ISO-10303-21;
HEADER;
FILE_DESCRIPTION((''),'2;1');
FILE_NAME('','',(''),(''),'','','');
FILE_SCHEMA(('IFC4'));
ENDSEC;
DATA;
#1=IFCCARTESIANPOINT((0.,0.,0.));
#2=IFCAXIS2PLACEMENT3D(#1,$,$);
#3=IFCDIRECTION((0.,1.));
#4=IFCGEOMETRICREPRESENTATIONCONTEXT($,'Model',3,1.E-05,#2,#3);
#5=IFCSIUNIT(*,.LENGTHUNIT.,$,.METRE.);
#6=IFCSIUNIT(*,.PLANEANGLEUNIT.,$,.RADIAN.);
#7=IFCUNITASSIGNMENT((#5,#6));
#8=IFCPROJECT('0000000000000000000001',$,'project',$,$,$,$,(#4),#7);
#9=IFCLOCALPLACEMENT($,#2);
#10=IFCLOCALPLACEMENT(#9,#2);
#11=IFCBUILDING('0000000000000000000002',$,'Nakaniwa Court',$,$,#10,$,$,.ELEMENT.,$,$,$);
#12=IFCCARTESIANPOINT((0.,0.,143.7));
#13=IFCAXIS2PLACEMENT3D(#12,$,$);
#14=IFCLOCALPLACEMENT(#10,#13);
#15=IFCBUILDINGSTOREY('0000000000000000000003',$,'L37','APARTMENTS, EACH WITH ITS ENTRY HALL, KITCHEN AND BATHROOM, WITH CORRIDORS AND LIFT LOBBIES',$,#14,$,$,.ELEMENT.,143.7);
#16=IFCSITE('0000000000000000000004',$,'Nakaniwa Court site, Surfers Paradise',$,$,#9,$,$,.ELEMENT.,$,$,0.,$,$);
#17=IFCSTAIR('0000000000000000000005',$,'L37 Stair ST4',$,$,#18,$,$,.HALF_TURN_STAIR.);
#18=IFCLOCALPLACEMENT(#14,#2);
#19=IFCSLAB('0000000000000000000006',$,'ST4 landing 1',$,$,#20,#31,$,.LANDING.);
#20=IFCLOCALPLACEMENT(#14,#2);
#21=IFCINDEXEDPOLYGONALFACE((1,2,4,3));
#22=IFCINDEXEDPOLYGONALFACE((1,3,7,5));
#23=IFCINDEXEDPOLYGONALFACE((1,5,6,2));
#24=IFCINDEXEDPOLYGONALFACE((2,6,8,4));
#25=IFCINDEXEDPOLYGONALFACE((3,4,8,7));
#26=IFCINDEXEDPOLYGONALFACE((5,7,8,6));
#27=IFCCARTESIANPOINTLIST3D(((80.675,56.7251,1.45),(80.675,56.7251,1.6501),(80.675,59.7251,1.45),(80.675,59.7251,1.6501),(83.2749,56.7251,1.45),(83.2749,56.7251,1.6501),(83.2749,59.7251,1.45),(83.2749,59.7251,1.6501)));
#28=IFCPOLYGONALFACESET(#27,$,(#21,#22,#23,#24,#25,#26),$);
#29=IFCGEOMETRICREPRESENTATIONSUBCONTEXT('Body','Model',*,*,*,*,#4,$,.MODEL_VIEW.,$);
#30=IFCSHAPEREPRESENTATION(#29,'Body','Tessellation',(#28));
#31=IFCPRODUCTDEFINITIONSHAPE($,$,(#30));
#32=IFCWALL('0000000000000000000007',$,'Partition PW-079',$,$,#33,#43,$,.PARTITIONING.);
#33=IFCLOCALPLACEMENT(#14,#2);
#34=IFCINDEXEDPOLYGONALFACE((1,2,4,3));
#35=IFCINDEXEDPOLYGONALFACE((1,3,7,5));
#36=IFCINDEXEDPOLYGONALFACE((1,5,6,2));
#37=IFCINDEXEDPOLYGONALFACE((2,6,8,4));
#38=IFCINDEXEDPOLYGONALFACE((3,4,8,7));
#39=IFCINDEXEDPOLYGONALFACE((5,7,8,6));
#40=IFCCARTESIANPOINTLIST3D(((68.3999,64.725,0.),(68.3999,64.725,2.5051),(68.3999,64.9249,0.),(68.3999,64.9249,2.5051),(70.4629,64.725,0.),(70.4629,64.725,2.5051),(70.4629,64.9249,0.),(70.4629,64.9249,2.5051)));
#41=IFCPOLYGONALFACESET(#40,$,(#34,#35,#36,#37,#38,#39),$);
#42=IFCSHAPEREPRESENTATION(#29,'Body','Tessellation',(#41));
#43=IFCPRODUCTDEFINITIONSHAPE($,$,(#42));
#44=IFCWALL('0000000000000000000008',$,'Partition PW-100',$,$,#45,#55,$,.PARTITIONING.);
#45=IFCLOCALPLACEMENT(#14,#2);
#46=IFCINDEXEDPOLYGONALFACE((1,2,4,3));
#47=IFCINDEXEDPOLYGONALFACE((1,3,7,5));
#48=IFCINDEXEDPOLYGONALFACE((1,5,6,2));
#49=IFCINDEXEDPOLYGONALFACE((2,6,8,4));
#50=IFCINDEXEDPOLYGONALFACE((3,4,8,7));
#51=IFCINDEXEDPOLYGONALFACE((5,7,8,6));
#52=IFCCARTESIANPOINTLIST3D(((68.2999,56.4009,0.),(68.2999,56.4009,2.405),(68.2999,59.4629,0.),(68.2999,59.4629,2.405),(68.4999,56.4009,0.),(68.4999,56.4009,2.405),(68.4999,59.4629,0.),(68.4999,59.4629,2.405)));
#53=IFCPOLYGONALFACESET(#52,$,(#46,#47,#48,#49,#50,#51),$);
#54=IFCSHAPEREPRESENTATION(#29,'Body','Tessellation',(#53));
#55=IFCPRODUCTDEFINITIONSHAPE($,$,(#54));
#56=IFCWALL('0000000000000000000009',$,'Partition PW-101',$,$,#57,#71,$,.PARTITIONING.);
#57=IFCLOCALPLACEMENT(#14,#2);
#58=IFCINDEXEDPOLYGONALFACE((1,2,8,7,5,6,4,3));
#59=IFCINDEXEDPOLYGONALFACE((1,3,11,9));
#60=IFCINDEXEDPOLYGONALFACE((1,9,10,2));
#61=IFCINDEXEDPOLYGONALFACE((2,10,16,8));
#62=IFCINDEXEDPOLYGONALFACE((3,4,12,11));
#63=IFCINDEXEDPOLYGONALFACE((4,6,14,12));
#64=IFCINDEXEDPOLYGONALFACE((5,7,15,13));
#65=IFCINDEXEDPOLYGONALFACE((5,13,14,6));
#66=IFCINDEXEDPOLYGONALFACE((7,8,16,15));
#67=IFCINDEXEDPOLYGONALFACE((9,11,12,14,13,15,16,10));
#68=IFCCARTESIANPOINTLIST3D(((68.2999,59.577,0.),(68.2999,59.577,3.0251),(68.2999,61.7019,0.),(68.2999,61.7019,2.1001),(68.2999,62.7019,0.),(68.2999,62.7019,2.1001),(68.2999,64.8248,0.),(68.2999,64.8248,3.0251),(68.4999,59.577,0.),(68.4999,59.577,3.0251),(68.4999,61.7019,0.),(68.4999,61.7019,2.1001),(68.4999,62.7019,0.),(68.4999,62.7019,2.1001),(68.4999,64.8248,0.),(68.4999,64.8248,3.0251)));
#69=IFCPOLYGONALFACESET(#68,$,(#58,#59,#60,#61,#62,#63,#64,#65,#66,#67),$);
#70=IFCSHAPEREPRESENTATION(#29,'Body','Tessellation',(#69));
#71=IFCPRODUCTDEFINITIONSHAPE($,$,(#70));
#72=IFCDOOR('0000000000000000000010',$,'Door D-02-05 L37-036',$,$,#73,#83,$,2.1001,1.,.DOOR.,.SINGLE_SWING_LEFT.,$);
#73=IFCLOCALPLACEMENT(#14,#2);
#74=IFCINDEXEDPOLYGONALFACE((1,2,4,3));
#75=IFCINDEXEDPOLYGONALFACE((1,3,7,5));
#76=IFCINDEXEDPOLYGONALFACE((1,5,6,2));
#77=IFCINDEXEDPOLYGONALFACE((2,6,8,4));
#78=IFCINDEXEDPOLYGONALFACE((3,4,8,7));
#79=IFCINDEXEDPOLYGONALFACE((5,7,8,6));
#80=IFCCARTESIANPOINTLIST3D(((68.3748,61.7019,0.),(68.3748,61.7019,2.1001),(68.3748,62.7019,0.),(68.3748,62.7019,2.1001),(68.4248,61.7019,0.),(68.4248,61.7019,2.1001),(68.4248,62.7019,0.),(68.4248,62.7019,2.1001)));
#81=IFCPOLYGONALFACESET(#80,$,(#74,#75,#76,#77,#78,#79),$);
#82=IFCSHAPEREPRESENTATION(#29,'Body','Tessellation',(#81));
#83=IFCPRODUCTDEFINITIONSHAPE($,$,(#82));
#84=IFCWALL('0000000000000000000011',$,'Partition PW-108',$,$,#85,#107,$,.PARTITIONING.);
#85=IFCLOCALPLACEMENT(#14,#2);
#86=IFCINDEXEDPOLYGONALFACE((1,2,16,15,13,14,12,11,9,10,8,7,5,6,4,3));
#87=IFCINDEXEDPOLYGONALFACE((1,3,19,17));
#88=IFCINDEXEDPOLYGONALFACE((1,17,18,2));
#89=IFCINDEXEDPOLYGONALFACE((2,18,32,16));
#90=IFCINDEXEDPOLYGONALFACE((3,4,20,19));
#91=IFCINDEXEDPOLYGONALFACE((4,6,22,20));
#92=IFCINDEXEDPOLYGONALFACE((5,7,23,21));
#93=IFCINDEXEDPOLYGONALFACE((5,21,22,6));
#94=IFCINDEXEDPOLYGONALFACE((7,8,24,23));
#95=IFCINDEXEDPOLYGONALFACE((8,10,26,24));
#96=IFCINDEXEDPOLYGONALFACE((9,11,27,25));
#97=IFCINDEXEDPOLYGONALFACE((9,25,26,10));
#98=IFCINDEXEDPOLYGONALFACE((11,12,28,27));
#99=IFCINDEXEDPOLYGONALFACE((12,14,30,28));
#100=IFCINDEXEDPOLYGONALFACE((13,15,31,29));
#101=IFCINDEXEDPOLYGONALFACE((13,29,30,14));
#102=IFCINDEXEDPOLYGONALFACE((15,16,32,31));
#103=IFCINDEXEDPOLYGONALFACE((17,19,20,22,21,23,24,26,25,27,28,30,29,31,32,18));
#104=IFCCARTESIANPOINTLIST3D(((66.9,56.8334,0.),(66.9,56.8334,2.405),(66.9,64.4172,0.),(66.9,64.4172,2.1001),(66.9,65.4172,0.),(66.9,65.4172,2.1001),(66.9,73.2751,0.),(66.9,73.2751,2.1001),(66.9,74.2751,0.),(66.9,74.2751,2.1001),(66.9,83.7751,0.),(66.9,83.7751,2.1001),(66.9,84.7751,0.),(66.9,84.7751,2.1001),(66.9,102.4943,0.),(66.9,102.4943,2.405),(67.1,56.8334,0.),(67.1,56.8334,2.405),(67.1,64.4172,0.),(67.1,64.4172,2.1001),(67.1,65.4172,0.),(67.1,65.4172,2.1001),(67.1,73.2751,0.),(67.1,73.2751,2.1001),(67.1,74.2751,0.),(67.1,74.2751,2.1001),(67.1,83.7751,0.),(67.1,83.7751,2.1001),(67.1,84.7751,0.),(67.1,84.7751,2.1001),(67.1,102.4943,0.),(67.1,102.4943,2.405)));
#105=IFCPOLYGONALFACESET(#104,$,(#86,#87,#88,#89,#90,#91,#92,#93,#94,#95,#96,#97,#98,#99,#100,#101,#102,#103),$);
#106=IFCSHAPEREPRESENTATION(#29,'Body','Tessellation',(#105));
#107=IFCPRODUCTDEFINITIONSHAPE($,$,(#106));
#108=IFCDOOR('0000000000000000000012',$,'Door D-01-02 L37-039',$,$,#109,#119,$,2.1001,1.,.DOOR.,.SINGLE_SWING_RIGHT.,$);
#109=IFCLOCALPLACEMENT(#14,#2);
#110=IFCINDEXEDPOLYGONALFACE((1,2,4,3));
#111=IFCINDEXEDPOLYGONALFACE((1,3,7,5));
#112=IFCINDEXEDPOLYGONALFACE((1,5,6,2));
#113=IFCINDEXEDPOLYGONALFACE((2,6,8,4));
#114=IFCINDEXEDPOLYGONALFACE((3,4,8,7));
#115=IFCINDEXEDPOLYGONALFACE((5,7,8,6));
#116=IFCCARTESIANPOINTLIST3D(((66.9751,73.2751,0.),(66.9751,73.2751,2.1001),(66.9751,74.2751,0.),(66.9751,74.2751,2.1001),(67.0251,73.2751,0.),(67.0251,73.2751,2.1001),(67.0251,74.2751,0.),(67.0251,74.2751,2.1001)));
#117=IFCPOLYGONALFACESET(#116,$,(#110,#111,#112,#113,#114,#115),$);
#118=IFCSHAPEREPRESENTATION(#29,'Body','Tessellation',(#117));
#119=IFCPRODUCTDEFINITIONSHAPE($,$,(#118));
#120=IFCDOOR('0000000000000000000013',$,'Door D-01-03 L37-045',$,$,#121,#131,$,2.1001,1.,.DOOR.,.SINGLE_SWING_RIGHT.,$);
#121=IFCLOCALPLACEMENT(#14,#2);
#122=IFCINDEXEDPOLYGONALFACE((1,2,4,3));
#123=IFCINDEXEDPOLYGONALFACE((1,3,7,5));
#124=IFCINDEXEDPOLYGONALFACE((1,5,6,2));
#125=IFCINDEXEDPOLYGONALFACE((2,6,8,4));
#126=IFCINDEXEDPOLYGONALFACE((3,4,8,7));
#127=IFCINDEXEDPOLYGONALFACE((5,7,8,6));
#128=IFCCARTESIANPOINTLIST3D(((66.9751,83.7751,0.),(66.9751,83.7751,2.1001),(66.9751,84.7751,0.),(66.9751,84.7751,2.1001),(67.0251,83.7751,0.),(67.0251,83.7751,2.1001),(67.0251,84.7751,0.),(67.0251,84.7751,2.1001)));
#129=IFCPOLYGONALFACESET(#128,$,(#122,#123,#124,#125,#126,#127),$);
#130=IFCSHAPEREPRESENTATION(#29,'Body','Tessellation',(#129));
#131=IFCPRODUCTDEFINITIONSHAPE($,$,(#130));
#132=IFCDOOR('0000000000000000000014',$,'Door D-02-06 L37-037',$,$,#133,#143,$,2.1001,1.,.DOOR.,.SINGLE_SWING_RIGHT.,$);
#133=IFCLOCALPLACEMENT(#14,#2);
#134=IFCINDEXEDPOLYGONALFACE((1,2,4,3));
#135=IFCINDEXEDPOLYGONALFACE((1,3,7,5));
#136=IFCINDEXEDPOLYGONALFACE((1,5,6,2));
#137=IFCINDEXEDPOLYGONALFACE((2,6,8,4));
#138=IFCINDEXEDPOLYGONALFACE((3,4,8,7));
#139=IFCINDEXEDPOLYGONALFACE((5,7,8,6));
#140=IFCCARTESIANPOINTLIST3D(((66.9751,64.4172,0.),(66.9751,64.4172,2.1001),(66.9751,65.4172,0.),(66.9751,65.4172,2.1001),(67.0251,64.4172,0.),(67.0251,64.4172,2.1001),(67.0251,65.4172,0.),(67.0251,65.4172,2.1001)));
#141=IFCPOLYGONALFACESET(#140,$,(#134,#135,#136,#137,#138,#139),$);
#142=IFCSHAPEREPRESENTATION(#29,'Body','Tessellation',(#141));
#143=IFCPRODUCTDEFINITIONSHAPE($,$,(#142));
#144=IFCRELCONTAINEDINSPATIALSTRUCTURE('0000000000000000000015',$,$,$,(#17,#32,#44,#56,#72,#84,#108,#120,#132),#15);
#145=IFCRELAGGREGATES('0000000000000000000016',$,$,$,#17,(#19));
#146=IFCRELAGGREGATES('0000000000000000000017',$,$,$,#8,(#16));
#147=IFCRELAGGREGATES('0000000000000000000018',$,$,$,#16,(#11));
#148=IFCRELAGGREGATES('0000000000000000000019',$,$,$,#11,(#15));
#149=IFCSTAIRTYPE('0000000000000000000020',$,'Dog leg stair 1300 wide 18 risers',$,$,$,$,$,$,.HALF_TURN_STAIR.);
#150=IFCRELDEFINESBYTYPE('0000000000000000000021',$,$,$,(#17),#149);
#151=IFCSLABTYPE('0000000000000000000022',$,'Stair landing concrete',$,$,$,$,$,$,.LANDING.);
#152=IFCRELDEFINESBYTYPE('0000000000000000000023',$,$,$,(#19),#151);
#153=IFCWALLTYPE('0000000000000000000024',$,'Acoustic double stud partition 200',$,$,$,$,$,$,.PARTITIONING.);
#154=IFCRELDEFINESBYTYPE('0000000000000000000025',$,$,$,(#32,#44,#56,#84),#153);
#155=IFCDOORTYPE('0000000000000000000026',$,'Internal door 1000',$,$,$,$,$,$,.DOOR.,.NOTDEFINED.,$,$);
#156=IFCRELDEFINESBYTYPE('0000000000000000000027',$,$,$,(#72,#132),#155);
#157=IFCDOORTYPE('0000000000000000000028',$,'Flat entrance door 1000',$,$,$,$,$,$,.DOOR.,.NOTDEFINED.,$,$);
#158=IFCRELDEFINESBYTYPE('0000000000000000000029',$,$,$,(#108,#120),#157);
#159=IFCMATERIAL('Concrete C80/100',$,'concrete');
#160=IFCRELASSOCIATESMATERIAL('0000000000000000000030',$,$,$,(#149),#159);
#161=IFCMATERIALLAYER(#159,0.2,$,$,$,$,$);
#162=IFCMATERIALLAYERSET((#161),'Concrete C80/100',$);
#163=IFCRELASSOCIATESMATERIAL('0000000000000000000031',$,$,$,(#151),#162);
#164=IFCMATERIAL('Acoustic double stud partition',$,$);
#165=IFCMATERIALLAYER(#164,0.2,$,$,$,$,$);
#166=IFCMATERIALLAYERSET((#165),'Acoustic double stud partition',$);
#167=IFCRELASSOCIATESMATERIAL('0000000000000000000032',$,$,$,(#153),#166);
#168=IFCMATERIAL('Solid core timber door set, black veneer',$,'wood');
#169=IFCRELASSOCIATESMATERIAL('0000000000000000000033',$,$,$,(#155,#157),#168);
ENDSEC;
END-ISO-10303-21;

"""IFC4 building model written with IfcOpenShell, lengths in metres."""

from ifc_helpers import new_model, si_unit, direction, frame, frame_2d, origin, place, context, subcontext, project, spatial, polyline, rectangle, outline, extrude, material, layer, layer_set, type_object, element, fill, aggregate, save


model = new_model("IFC4")

# Units and contexts
model_context = context("Model", 3, precision=1e-05, world=origin(), true_north=direction((0.0, 1.0)))
body_context = subcontext(model_context, "Body", "Model", "MODEL_VIEW")
ifc_project = project(units=[si_unit("LENGTHUNIT", "METRE"), si_unit("PLANEANGLEUNIT", "RADIAN")], contexts=[model_context])

# Site, building, storey
site_placement = place(None, origin())
site = spatial("IfcSite", under=ifc_project, at=site_placement, Name="Nakaniwa Court site, Surfers Paradise", CompositionType="ELEMENT", RefElevation=0.0)
building_placement = place(site_placement, origin())
building = spatial("IfcBuilding", under=site, at=building_placement, Name="Nakaniwa Court", CompositionType="ELEMENT")
storey_placement = place(building_placement, frame((0.0, 0.0, 143.7)))
storey = spatial("IfcBuildingStorey", under=building, at=storey_placement, Name="L37", Description="APARTMENTS, EACH WITH ITS ENTRY HALL, KITCHEN AND BATHROOM, WITH CORRIDORS AND LIFT LOBBIES", CompositionType="ELEMENT", Elevation=143.7)

# Shared definitions
ifc_material_1 = material(Name="Concrete C80/100", Category="concrete")

# Stair, slab
stair_type = type_object("IfcStairType", Name="Dog leg stair 1300 wide 18 risers", PredefinedType="HALF_TURN_STAIR", material=ifc_material_1)
ifc_layer_1 = layer(ifc_material_1, 0.2)
ifc_layer_set_1 = layer_set([ifc_layer_1], Name="Concrete C80/100")
slab_type_1 = type_object("IfcSlabType", Name="Stair landing concrete", PredefinedType="LANDING", material=ifc_layer_set_1)
stair_1_placement = place(storey_placement, origin())
stair_1 = element("IfcStair", 1, at=stair_1_placement, inside=storey, type_object=stair_type, Name="L37 Stair ST4", PredefinedType="HALF_TURN_STAIR")
slab_1_placement = place(storey_placement, frame((0.0, 0.0, 1.45)))
slab_1 = element("IfcSlab", 2, at=slab_1_placement, type_object=slab_type_1, Name="ST4 landing 1", PredefinedType="LANDING", context=body_context, shape_type="SweptSolid", body=[
    extrude(outline(polyline([(83.2749, 56.7251), (83.2749, 59.7251), (80.675, 59.7251), (80.675, 56.7251), (83.2749, 56.7251)])), origin(), (0.0, 0.0, 1.0), 0.2002),
])
aggregate(stair_1, [slab_1])

# Walls
ifc_material_2 = material(Name="Acoustic double stud partition")
ifc_layer_2 = layer(ifc_material_2, 0.2)
ifc_layer_set_2 = layer_set([ifc_layer_2], Name="Acoustic double stud partition")
wall_type_1 = type_object("IfcWallType", Name="Acoustic double stud partition 200", PredefinedType="PARTITIONING", material=ifc_layer_set_2)
wall_1_placement = place(storey_placement, frame((68.3999, 64.825, 0.0), z_axis=(0.0, 0.0, 1.0), x_axis=(1.0, 0.0, 0.0)))
element("IfcWall", 3, at=wall_1_placement, inside=storey, type_object=wall_type_1, Name="Partition PW-079", PredefinedType="PARTITIONING", context=body_context, shape_type="SweptSolid", body=[
    extrude(rectangle(XDim=2.063, YDim=0.2, at=frame_2d((1.0315, 0.0))), origin(), (0.0, 0.0, 1.0), 2.5051),
])
wall_2_placement = place(storey_placement, frame((68.3999, 56.4009, 0.0), z_axis=(0.0, 0.0, 1.0), x_axis=(0.0, 1.0, 0.0)))
element("IfcWall", 4, at=wall_2_placement, inside=storey, type_object=wall_type_1, Name="Partition PW-100", PredefinedType="PARTITIONING", context=body_context, shape_type="SweptSolid", body=[
    extrude(rectangle(XDim=3.062, YDim=0.2, at=frame_2d((1.531, 0.0))), origin(), (0.0, 0.0, 1.0), 2.405),
])

# Wall, opening, door
wall_3_placement = place(storey_placement, frame((68.3999, 64.825, 0.0), z_axis=(0.0, 0.0, 1.0), x_axis=(0.0, -1.0, 0.0)))
wall_3 = element("IfcWall", 5, at=wall_3_placement, inside=storey, type_object=wall_type_1, Name="Partition PW-101", PredefinedType="PARTITIONING", context=body_context, shape_type="SweptSolid", body=[
    extrude(rectangle(XDim=5.2478, YDim=0.2, at=frame_2d((2.624, 0.0))), origin(), (0.0, 0.0, 1.0), 3.0251),
])
opening_1_placement = place(wall_3_placement, frame((2.123, 0.0, 0.0)))
opening_1 = element("IfcOpeningElement", 6, at=opening_1_placement, cuts=wall_3, PredefinedType="OPENING", context=body_context, shape_type="SweptSolid", body=[
    extrude(rectangle(XDim=1.0, YDim=2.1001, at=frame_2d((0.5, 1.05))), frame((0.0, 0.1099, 0.0), z_axis=(0.0, -1.0, 0.0), x_axis=(1.0, 0.0, 0.0)), (0.0, 0.0, 1.0), 0.22),
])
ifc_material_3 = material(Name="Solid core timber door set, black veneer", Category="wood")
door_type_1 = type_object("IfcDoorType", Name="Internal door 1000", OperationType="NOTDEFINED", PredefinedType="DOOR", material=ifc_material_3)
door_1_placement = place(opening_1_placement, origin())
door_1 = element("IfcDoor", 7, at=door_1_placement, inside=storey, type_object=door_type_1, Name="Door D-02-05 L37-036", OperationType="SINGLE_SWING_LEFT", OverallHeight=2.1001, OverallWidth=1.0, PredefinedType="DOOR", context=body_context, shape_type="SweptSolid", body=[
    extrude(rectangle(XDim=1.0, YDim=2.1001, at=frame_2d((0.5, 1.05))), frame((0.0, 0.0249, 0.0), z_axis=(0.0, -1.0, 0.0), x_axis=(1.0, 0.0, 0.0)), (0.0, 0.0, 1.0), 0.05),
])
fill(opening_1, door_1)

# Wall, openings, doors
wall_4_placement = place(storey_placement, frame((67.0, 56.8333, 0.0), z_axis=(0.0, 0.0, 1.0), x_axis=(0.0, 1.0, 0.0)))
wall_4 = element("IfcWall", 8, at=wall_4_placement, inside=storey, type_object=wall_type_1, Name="Partition PW-108", PredefinedType="PARTITIONING", context=body_context, shape_type="SweptSolid", body=[
    extrude(rectangle(XDim=45.6609, YDim=0.2, at=frame_2d((22.8306, 0.0))), origin(), (0.0, 0.0, 1.0), 2.405),
])
opening_2_placement = place(wall_4_placement, frame((7.584, 0.0, 0.0)))
opening_2 = element("IfcOpeningElement", 9, at=opening_2_placement, cuts=wall_4, PredefinedType="OPENING", context=body_context, shape_type="SweptSolid", body=[
    extrude(rectangle(XDim=1.0, YDim=2.1001, at=frame_2d((0.5, 1.05))), frame((0.0, 0.1099, 0.0), z_axis=(0.0, -1.0, 0.0), x_axis=(1.0, 0.0, 0.0)), (0.0, 0.0, 1.0), 0.22),
])
opening_3_placement = place(wall_4_placement, frame((16.4419, 0.0, 0.0)))
opening_3 = element("IfcOpeningElement", 10, at=opening_3_placement, cuts=wall_4, PredefinedType="OPENING", context=body_context, shape_type="SweptSolid", body=[
    extrude(rectangle(XDim=1.0, YDim=2.1001, at=frame_2d((0.5, 1.05))), frame((0.0, 0.1099, 0.0), z_axis=(0.0, -1.0, 0.0), x_axis=(1.0, 0.0, 0.0)), (0.0, 0.0, 1.0), 0.22),
])
opening_4_placement = place(wall_4_placement, frame((26.9419, 0.0, 0.0)))
opening_4 = element("IfcOpeningElement", 11, at=opening_4_placement, cuts=wall_4, PredefinedType="OPENING", context=body_context, shape_type="SweptSolid", body=[
    extrude(rectangle(XDim=1.0, YDim=2.1001, at=frame_2d((0.5, 1.05))), frame((0.0, 0.1099, 0.0), z_axis=(0.0, -1.0, 0.0), x_axis=(1.0, 0.0, 0.0)), (0.0, 0.0, 1.0), 0.22),
])
door_type_2 = type_object("IfcDoorType", Name="Flat entrance door 1000", OperationType="NOTDEFINED", PredefinedType="DOOR", material=ifc_material_3)
door_2_placement = place(opening_3_placement, origin())
door_2 = element("IfcDoor", 12, at=door_2_placement, inside=storey, type_object=door_type_2, Name="Door D-01-02 L37-039", OperationType="SINGLE_SWING_RIGHT", OverallHeight=2.1001, OverallWidth=1.0, PredefinedType="DOOR", context=body_context, shape_type="SweptSolid", body=[
    extrude(rectangle(XDim=1.0, YDim=2.1001, at=frame_2d((0.5, 1.05))), frame((0.0, 0.0249, 0.0), z_axis=(0.0, -1.0, 0.0), x_axis=(1.0, 0.0, 0.0)), (0.0, 0.0, 1.0), 0.05),
])
fill(opening_3, door_2)
door_3_placement = place(opening_4_placement, origin())
door_3 = element("IfcDoor", 13, at=door_3_placement, inside=storey, type_object=door_type_2, Name="Door D-01-03 L37-045", OperationType="SINGLE_SWING_RIGHT", OverallHeight=2.1001, OverallWidth=1.0, PredefinedType="DOOR", context=body_context, shape_type="SweptSolid", body=[
    extrude(rectangle(XDim=1.0, YDim=2.1001, at=frame_2d((0.5, 1.05))), frame((0.0, 0.0249, 0.0), z_axis=(0.0, -1.0, 0.0), x_axis=(1.0, 0.0, 0.0)), (0.0, 0.0, 1.0), 0.05),
])
fill(opening_4, door_3)
door_4_placement = place(opening_2_placement, origin())
door_4 = element("IfcDoor", 14, at=door_4_placement, inside=storey, type_object=door_type_1, Name="Door D-02-06 L37-037", OperationType="SINGLE_SWING_RIGHT", OverallHeight=2.1001, OverallWidth=1.0, PredefinedType="DOOR", context=body_context, shape_type="SweptSolid", body=[
    extrude(rectangle(XDim=1.0, YDim=2.1001, at=frame_2d((0.5, 1.05))), frame((0.0, 0.0249, 0.0), z_axis=(0.0, -1.0, 0.0), x_axis=(1.0, 0.0, 0.0)), (0.0, 0.0, 1.0), 0.05),
])
fill(opening_2, door_4)

save(model, "model.ifc")
